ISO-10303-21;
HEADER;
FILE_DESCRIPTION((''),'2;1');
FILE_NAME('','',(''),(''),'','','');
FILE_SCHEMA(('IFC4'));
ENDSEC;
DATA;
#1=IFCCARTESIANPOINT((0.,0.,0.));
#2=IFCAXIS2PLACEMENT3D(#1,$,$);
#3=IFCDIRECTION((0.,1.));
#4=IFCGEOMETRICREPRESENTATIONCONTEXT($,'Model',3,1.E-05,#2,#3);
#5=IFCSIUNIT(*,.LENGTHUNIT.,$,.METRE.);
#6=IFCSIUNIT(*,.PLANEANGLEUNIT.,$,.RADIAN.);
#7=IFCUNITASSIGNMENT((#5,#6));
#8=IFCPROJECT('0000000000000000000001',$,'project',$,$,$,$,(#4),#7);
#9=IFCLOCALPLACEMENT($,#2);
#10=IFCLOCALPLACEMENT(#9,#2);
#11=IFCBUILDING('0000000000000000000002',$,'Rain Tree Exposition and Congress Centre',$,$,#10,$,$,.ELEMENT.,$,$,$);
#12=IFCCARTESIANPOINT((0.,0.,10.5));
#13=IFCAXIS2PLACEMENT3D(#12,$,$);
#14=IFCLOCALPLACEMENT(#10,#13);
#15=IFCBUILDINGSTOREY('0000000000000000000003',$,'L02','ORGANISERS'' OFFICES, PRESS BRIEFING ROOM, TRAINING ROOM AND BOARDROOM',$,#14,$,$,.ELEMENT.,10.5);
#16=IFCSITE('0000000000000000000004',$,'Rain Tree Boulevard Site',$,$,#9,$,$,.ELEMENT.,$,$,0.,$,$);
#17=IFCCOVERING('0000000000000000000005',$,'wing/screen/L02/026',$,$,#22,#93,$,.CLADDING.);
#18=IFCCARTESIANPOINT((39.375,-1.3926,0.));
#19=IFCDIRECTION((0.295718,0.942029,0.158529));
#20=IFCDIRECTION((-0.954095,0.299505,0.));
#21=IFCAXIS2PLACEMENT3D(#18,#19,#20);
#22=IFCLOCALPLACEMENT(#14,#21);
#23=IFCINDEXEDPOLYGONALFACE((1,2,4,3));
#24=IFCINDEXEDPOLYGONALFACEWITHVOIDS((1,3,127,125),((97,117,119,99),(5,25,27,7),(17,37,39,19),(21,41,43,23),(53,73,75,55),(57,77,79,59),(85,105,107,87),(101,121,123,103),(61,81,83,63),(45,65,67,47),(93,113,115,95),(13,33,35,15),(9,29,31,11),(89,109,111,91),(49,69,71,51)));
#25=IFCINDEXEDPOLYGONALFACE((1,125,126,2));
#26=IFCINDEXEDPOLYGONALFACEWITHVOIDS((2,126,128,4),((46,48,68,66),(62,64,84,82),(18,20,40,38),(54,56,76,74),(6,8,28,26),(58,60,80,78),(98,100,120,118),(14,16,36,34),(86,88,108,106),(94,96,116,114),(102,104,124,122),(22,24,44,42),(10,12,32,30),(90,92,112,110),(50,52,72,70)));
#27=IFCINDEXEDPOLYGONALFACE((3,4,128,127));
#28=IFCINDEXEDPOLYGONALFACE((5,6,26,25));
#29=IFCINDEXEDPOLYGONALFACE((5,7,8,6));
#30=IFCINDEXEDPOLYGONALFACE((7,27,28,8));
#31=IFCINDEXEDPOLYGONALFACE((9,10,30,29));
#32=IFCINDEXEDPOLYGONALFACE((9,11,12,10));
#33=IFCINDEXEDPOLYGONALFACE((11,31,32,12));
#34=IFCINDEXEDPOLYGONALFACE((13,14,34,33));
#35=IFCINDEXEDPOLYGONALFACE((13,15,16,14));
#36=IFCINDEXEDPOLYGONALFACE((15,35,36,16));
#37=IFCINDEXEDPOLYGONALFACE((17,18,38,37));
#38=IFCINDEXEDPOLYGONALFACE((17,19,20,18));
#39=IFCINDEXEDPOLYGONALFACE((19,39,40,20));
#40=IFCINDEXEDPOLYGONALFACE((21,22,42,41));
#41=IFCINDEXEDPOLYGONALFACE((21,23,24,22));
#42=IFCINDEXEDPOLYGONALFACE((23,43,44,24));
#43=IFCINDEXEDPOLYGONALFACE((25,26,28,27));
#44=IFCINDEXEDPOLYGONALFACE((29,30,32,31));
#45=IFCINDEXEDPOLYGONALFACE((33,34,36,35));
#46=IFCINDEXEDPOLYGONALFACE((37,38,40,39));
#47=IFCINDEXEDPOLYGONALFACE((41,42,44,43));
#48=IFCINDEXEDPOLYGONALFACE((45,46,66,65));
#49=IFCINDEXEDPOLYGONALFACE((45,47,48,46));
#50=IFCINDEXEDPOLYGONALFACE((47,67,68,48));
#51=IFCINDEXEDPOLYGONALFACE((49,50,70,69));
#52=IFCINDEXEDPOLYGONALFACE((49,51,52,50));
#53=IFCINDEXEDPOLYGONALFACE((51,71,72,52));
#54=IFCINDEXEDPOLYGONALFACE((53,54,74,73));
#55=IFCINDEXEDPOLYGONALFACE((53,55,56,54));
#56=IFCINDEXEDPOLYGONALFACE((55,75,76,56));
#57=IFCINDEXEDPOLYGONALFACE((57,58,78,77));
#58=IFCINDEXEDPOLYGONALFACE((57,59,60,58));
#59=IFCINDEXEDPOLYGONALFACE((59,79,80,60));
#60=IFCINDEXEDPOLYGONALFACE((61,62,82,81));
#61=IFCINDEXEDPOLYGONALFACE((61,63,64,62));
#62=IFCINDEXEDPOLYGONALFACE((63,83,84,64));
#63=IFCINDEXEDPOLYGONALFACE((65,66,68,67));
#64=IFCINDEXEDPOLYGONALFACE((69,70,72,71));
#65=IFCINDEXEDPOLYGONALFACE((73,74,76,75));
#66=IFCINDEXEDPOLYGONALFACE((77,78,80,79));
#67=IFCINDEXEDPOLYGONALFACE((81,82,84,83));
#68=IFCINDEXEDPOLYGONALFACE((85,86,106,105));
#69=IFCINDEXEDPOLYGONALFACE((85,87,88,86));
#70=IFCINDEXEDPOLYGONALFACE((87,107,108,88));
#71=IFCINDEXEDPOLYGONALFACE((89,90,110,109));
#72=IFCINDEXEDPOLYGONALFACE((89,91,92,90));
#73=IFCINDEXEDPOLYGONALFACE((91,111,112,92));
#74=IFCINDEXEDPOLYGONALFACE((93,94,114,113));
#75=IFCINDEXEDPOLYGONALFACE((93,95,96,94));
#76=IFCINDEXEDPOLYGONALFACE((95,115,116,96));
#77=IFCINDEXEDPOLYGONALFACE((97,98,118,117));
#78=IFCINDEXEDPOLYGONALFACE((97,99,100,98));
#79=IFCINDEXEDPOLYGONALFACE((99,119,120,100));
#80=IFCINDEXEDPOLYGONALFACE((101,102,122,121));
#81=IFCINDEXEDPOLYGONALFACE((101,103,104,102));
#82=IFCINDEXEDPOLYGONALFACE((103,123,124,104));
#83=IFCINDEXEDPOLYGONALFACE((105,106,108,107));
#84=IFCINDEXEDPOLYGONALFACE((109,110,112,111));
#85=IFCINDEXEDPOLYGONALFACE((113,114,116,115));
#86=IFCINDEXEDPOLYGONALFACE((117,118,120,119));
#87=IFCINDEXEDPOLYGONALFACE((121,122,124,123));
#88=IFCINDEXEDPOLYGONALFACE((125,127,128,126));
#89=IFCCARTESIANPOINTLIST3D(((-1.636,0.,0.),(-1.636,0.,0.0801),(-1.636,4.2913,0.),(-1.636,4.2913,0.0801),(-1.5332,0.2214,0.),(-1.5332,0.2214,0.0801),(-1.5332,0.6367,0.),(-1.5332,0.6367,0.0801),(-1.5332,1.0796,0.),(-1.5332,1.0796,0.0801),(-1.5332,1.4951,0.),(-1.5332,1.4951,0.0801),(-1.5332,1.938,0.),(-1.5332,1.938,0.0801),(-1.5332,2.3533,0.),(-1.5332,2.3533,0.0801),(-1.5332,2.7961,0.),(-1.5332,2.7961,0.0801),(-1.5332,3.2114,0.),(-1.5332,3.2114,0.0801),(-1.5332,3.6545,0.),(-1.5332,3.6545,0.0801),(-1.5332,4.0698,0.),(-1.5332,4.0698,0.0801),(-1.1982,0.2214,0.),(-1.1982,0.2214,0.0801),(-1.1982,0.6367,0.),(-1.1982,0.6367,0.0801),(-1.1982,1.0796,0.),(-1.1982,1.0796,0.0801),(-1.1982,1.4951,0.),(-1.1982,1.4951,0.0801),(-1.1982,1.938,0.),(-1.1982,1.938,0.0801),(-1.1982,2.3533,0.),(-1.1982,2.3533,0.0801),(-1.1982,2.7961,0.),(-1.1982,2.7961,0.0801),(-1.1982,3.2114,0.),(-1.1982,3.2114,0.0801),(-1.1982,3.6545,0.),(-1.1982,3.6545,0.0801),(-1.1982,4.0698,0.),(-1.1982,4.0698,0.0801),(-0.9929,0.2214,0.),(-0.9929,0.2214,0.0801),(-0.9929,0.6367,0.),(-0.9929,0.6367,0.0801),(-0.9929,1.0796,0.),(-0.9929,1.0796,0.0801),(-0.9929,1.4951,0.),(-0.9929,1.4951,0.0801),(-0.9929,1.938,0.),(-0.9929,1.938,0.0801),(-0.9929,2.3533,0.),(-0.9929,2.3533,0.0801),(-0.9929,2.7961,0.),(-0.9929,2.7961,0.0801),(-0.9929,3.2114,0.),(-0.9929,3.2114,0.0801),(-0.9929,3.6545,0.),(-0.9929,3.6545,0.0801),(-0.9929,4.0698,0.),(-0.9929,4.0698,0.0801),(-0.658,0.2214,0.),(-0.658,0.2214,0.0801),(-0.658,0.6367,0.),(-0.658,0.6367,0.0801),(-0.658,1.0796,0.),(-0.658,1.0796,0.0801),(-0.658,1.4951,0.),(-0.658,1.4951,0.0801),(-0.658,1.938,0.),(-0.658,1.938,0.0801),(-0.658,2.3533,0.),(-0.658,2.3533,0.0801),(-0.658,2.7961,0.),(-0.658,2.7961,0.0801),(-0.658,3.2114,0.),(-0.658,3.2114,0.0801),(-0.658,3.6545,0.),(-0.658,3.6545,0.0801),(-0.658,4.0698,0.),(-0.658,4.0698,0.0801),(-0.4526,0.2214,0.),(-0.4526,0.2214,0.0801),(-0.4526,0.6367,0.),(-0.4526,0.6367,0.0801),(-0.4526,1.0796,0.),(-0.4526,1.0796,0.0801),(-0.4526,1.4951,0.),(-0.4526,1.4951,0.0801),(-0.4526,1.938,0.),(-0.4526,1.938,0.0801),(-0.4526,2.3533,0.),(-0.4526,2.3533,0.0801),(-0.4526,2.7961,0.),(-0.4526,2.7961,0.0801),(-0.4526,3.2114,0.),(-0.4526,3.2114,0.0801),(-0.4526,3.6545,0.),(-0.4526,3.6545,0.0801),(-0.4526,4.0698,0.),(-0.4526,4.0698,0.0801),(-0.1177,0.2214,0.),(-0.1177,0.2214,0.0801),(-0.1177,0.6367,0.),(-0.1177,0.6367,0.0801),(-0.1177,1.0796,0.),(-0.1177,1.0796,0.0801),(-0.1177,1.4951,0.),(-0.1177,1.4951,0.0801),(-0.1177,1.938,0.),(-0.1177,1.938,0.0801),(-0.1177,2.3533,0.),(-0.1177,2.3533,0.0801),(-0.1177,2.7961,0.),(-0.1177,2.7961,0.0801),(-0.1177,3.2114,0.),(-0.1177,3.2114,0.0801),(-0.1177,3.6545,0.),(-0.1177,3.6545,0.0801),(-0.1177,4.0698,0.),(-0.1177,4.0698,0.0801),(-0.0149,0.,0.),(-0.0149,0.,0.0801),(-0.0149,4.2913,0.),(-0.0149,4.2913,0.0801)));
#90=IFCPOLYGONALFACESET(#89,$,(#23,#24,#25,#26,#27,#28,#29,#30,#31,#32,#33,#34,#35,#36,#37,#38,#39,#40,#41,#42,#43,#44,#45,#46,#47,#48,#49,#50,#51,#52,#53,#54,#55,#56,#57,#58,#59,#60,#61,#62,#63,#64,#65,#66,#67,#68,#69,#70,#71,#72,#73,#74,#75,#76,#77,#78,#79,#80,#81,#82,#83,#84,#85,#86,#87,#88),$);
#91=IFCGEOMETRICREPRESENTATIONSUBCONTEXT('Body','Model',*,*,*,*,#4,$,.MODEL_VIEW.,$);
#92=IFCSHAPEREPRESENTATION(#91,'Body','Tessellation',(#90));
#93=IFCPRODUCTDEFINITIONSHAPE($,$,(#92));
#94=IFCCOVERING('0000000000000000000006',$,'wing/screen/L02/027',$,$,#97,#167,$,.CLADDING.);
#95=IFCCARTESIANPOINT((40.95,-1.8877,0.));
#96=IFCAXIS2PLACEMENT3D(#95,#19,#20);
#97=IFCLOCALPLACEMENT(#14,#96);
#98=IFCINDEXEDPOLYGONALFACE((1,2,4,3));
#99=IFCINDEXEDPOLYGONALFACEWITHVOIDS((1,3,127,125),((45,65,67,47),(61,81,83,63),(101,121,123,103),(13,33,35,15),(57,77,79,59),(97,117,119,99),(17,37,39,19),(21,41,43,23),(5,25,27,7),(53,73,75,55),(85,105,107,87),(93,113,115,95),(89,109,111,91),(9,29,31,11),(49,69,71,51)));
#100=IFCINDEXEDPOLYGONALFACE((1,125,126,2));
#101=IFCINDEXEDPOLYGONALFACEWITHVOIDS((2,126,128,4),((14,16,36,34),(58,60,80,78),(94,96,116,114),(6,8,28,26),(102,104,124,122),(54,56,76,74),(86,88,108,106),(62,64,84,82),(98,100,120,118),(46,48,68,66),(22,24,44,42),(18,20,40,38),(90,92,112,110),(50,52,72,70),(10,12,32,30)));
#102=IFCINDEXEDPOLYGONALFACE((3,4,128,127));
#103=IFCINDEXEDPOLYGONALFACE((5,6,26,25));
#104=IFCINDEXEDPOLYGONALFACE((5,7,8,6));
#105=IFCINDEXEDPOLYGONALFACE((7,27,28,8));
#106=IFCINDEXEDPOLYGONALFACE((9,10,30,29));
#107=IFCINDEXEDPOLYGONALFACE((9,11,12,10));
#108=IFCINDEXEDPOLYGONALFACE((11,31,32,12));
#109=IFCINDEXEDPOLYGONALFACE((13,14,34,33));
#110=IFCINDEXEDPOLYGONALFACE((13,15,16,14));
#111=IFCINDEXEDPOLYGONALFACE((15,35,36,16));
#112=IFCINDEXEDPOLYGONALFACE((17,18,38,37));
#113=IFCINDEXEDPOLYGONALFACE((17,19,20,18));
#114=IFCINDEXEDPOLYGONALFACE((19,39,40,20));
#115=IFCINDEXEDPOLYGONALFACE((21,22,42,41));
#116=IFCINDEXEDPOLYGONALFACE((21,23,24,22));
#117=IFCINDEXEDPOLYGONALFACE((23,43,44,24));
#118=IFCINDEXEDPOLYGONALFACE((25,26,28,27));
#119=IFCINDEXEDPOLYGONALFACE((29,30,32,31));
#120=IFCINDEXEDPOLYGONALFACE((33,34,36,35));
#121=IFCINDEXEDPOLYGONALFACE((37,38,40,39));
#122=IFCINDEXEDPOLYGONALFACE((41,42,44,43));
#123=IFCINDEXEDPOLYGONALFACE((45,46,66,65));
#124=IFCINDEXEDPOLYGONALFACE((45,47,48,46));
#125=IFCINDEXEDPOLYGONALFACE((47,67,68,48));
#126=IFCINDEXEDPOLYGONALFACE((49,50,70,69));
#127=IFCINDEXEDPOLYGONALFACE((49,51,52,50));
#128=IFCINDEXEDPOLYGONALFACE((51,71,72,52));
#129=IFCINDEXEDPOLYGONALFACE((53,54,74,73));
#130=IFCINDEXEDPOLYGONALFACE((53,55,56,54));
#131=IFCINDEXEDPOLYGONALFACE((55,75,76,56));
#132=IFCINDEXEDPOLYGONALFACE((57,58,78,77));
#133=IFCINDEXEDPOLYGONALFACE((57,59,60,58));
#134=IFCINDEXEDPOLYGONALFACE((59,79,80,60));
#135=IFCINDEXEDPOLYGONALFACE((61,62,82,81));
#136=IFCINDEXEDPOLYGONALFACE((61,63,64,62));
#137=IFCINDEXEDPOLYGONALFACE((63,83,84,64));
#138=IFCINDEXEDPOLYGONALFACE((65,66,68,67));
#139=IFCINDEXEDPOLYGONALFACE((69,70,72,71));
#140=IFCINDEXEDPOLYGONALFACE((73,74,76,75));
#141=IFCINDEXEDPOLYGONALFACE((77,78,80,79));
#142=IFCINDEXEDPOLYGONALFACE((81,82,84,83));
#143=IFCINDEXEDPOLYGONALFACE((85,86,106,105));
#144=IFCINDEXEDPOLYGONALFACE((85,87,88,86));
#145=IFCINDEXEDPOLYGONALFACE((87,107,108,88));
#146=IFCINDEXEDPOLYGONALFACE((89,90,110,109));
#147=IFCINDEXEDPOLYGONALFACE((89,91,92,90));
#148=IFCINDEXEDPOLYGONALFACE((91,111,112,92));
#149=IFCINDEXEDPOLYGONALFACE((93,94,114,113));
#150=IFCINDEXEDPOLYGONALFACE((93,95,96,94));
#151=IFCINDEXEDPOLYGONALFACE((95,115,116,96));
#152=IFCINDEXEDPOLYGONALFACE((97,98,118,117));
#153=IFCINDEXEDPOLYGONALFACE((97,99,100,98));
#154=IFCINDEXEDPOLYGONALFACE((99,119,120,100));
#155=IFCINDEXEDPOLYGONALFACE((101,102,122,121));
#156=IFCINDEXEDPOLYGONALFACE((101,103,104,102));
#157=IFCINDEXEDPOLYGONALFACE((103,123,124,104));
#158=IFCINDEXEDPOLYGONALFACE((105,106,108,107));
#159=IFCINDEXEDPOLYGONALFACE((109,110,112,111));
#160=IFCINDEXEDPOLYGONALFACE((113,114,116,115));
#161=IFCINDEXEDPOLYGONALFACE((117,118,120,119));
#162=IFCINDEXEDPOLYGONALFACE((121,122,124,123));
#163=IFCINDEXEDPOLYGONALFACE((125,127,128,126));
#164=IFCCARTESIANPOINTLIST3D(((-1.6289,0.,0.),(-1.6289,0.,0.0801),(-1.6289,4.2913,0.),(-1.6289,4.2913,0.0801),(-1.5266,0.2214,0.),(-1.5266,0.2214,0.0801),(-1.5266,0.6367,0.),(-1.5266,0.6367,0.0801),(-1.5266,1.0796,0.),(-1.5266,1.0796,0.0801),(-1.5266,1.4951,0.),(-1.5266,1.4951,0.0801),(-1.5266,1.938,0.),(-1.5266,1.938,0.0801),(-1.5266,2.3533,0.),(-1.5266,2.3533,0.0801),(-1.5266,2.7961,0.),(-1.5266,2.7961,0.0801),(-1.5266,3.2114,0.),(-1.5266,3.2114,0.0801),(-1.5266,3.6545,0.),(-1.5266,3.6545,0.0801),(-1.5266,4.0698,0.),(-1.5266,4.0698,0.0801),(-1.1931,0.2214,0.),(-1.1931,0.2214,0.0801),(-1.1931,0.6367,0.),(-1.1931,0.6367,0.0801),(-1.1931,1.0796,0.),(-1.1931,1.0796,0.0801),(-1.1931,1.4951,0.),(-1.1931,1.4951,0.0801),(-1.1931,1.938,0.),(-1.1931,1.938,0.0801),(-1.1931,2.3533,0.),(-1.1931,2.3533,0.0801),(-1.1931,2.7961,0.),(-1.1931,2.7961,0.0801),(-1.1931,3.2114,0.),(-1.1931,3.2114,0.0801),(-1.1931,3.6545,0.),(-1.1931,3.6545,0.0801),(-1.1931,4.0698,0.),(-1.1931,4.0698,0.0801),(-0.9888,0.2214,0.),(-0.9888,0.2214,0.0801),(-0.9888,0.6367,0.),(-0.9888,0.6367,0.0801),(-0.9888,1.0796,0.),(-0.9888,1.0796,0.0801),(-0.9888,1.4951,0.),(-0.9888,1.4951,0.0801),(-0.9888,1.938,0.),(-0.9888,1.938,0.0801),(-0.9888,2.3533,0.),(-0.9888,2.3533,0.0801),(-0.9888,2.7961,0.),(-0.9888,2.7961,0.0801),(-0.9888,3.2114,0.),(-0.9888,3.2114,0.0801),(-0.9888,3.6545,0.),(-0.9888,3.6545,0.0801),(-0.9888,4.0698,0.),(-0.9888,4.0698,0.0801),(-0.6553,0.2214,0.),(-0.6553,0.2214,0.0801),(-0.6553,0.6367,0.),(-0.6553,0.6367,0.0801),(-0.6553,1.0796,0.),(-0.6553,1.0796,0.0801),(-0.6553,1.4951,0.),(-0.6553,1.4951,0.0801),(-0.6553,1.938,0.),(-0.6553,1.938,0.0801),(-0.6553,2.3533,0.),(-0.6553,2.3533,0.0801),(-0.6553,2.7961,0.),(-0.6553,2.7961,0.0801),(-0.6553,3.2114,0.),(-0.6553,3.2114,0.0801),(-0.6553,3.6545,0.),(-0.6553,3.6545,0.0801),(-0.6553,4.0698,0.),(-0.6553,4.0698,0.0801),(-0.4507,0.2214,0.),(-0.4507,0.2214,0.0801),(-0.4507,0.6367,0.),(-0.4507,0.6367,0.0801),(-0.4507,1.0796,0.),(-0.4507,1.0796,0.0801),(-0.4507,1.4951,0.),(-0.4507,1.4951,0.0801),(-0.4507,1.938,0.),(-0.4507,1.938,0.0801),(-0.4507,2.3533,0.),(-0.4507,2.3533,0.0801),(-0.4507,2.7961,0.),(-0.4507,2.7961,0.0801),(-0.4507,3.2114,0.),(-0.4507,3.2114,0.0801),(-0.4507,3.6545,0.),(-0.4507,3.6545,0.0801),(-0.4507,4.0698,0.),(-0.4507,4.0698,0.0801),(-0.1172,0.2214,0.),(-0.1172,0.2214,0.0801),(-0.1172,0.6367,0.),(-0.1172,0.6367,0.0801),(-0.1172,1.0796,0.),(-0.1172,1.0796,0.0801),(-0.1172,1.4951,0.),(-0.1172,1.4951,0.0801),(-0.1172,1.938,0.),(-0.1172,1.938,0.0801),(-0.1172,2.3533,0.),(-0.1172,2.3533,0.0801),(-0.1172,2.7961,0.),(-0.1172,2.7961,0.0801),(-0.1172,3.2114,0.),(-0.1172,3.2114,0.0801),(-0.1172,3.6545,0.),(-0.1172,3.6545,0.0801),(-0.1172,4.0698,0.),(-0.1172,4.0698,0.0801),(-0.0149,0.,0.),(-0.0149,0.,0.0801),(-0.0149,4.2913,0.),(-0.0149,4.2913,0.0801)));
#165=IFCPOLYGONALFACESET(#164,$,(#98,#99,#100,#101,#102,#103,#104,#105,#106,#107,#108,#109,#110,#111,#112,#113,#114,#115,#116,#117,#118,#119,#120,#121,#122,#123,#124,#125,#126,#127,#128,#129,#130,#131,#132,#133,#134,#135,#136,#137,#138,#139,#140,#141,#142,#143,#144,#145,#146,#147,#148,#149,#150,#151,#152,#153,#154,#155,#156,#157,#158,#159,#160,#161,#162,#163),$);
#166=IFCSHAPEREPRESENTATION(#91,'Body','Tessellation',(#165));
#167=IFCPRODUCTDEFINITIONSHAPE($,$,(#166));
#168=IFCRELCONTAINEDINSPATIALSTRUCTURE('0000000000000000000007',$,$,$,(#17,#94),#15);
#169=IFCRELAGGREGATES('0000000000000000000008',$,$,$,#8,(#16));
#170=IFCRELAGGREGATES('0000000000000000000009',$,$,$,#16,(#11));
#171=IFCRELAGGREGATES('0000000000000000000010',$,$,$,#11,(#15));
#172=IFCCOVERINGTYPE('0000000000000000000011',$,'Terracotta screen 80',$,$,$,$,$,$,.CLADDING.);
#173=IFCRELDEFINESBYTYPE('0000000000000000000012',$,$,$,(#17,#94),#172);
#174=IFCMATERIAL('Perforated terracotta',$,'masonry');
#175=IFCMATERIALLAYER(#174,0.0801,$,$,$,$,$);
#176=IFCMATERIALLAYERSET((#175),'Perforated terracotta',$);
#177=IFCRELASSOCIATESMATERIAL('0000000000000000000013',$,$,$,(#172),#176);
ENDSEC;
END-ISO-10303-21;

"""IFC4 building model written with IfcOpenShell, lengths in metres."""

from ifc_helpers import new_model, si_unit, direction, frame, origin, place, context, subcontext, project, spatial, polyline, outline, extrude, material, layer, layer_set, type_object, element, save


model = new_model("IFC4")

# Units and contexts
model_context = context("Model", 3, precision=1e-05, world=origin(), true_north=direction((0.0, 1.0)))
body_context = subcontext(model_context, "Body", "Model", "MODEL_VIEW")
ifc_project = project(units=[si_unit("LENGTHUNIT", "METRE"), si_unit("PLANEANGLEUNIT", "RADIAN")], contexts=[model_context])

# Site, building, storey
site_placement = place(None, origin())
site = spatial("IfcSite", under=ifc_project, at=site_placement, Name="Rain Tree Boulevard Site", CompositionType="ELEMENT", RefElevation=0.0)
building_placement = place(site_placement, origin())
building = spatial("IfcBuilding", under=site, at=building_placement, Name="Rain Tree Exposition and Congress Centre", CompositionType="ELEMENT")
storey_placement = place(building_placement, frame((0.0, 0.0, 10.5)))
storey = spatial("IfcBuildingStorey", under=building, at=storey_placement, Name="L02", Description="ORGANISERS' OFFICES, PRESS BRIEFING ROOM, TRAINING ROOM AND BOARDROOM", CompositionType="ELEMENT", Elevation=10.5)

# Coverings
ifc_material_1 = material(Name="Perforated terracotta", Category="masonry")
ifc_layer_1 = layer(ifc_material_1, 0.0801)
ifc_layer_set_1 = layer_set([ifc_layer_1], Name="Perforated terracotta")
covering_type = type_object("IfcCoveringType", Name="Terracotta screen 80", PredefinedType="CLADDING", material=ifc_layer_set_1)
covering_1_placement = place(storey_placement, frame((39.375, -1.3926, 0.0), z_axis=(0.295718, 0.942029, 0.158529), x_axis=(-0.954095, 0.299505, 0.0)))
element("IfcCovering", 1, at=covering_1_placement, inside=storey, type_object=covering_type, Name="wing/screen/L02/026", PredefinedType="CLADDING", context=body_context, shape_type="SweptSolid", body=[
    extrude(outline(polyline([(-1.636, 0.0), (-1.636, 4.2913), (-0.0149, 4.2913), (-0.0149, 0.0), (-1.636, 0.0)]), holes=[polyline([(-0.1177, 0.2214), (-0.1177, 0.6367), (-0.4526, 0.6367), (-0.4526, 0.2214), (-0.1177, 0.2214)]), polyline([(-0.1177, 1.0796), (-0.1177, 1.4951), (-0.4526, 1.4951), (-0.4526, 1.0796), (-0.1177, 1.0796)]), polyline([(-0.1177, 1.938), (-0.1177, 2.3533), (-0.4526, 2.3533), (-0.4526, 1.938), (-0.1177, 1.938)]), polyline([(-0.1177, 2.7961), (-0.1177, 3.2114), (-0.4526, 3.2114), (-0.4526, 2.7961), (-0.1177, 2.7961)]), polyline([(-0.1177, 3.6545), (-0.1177, 4.0698), (-0.4526, 4.0698), (-0.4526, 3.6545), (-0.1177, 3.6545)]), polyline([(-0.658, 0.2214), (-0.658, 0.6367), (-0.9929, 0.6367), (-0.9929, 0.2214), (-0.658, 0.2214)]), polyline([(-0.658, 1.0796), (-0.658, 1.4951), (-0.9929, 1.4951), (-0.9929, 1.0796), (-0.658, 1.0796)]), polyline([(-0.658, 1.938), (-0.658, 2.3533), (-0.9929, 2.3533), (-0.9929, 1.938), (-0.658, 1.938)]), polyline([(-0.658, 2.7961), (-0.658, 3.2114), (-0.9929, 3.2114), (-0.9929, 2.7961), (-0.658, 2.7961)]), polyline([(-0.658, 3.6545), (-0.658, 4.0698), (-0.9929, 4.0698), (-0.9929, 3.6545), (-0.658, 3.6545)]), polyline([(-1.1982, 0.2214), (-1.1982, 0.6367), (-1.5332, 0.6367), (-1.5332, 0.2214), (-1.1982, 0.2214)]), polyline([(-1.1982, 1.0796), (-1.1982, 1.4951), (-1.5332, 1.4951), (-1.5332, 1.0796), (-1.1982, 1.0796)]), polyline([(-1.1982, 1.938), (-1.1982, 2.3533), (-1.5332, 2.3533), (-1.5332, 1.938), (-1.1982, 1.938)]), polyline([(-1.1982, 2.7961), (-1.1982, 3.2114), (-1.5332, 3.2114), (-1.5332, 2.7961), (-1.1982, 2.7961)]), polyline([(-1.1982, 3.6545), (-1.1982, 4.0698), (-1.5332, 4.0698), (-1.5332, 3.6545), (-1.1982, 3.6545)])]), origin(), (0.0, 0.0, 1.0), 0.0801),
])
covering_2_placement = place(storey_placement, frame((40.95, -1.8877, 0.0), z_axis=(0.295718, 0.942029, 0.158529), x_axis=(-0.954095, 0.299505, 0.0)))
element("IfcCovering", 2, at=covering_2_placement, inside=storey, type_object=covering_type, Name="wing/screen/L02/027", PredefinedType="CLADDING", context=body_context, shape_type="SweptSolid", body=[
    extrude(outline(polyline([(-1.6289, 0.0), (-1.6289, 4.2913), (-0.0149, 4.2913), (-0.0149, 0.0), (-1.6289, 0.0)]), holes=[polyline([(-0.1172, 0.2214), (-0.1172, 0.6367), (-0.4507, 0.6367), (-0.4507, 0.2214), (-0.1172, 0.2214)]), polyline([(-0.1172, 1.0796), (-0.1172, 1.4951), (-0.4507, 1.4951), (-0.4507, 1.0796), (-0.1172, 1.0796)]), polyline([(-0.1172, 1.938), (-0.1172, 2.3533), (-0.4507, 2.3533), (-0.4507, 1.938), (-0.1172, 1.938)]), polyline([(-0.1172, 2.7961), (-0.1172, 3.2114), (-0.4507, 3.2114), (-0.4507, 2.7961), (-0.1172, 2.7961)]), polyline([(-0.1172, 3.6545), (-0.1172, 4.0698), (-0.4507, 4.0698), (-0.4507, 3.6545), (-0.1172, 3.6545)]), polyline([(-0.6553, 0.2214), (-0.6553, 0.6367), (-0.9888, 0.6367), (-0.9888, 0.2214), (-0.6553, 0.2214)]), polyline([(-0.6553, 1.0796), (-0.6553, 1.4951), (-0.9888, 1.4951), (-0.9888, 1.0796), (-0.6553, 1.0796)]), polyline([(-0.6553, 1.938), (-0.6553, 2.3533), (-0.9888, 2.3533), (-0.9888, 1.938), (-0.6553, 1.938)]), polyline([(-0.6553, 2.7961), (-0.6553, 3.2114), (-0.9888, 3.2114), (-0.9888, 2.7961), (-0.6553, 2.7961)]), polyline([(-0.6553, 3.6545), (-0.6553, 4.0698), (-0.9888, 4.0698), (-0.9888, 3.6545), (-0.6553, 3.6545)]), polyline([(-1.1931, 0.2214), (-1.1931, 0.6367), (-1.5266, 0.6367), (-1.5266, 0.2214), (-1.1931, 0.2214)]), polyline([(-1.1931, 1.0796), (-1.1931, 1.4951), (-1.5266, 1.4951), (-1.5266, 1.0796), (-1.1931, 1.0796)]), polyline([(-1.1931, 1.938), (-1.1931, 2.3533), (-1.5266, 2.3533), (-1.5266, 1.938), (-1.1931, 1.938)]), polyline([(-1.1931, 2.7961), (-1.1931, 3.2114), (-1.5266, 3.2114), (-1.5266, 2.7961), (-1.1931, 2.7961)]), polyline([(-1.1931, 3.6545), (-1.1931, 4.0698), (-1.5266, 4.0698), (-1.5266, 3.6545), (-1.1931, 3.6545)])]), origin(), (0.0, 0.0, 1.0), 0.0801),
])

save(model, "model.ifc")
